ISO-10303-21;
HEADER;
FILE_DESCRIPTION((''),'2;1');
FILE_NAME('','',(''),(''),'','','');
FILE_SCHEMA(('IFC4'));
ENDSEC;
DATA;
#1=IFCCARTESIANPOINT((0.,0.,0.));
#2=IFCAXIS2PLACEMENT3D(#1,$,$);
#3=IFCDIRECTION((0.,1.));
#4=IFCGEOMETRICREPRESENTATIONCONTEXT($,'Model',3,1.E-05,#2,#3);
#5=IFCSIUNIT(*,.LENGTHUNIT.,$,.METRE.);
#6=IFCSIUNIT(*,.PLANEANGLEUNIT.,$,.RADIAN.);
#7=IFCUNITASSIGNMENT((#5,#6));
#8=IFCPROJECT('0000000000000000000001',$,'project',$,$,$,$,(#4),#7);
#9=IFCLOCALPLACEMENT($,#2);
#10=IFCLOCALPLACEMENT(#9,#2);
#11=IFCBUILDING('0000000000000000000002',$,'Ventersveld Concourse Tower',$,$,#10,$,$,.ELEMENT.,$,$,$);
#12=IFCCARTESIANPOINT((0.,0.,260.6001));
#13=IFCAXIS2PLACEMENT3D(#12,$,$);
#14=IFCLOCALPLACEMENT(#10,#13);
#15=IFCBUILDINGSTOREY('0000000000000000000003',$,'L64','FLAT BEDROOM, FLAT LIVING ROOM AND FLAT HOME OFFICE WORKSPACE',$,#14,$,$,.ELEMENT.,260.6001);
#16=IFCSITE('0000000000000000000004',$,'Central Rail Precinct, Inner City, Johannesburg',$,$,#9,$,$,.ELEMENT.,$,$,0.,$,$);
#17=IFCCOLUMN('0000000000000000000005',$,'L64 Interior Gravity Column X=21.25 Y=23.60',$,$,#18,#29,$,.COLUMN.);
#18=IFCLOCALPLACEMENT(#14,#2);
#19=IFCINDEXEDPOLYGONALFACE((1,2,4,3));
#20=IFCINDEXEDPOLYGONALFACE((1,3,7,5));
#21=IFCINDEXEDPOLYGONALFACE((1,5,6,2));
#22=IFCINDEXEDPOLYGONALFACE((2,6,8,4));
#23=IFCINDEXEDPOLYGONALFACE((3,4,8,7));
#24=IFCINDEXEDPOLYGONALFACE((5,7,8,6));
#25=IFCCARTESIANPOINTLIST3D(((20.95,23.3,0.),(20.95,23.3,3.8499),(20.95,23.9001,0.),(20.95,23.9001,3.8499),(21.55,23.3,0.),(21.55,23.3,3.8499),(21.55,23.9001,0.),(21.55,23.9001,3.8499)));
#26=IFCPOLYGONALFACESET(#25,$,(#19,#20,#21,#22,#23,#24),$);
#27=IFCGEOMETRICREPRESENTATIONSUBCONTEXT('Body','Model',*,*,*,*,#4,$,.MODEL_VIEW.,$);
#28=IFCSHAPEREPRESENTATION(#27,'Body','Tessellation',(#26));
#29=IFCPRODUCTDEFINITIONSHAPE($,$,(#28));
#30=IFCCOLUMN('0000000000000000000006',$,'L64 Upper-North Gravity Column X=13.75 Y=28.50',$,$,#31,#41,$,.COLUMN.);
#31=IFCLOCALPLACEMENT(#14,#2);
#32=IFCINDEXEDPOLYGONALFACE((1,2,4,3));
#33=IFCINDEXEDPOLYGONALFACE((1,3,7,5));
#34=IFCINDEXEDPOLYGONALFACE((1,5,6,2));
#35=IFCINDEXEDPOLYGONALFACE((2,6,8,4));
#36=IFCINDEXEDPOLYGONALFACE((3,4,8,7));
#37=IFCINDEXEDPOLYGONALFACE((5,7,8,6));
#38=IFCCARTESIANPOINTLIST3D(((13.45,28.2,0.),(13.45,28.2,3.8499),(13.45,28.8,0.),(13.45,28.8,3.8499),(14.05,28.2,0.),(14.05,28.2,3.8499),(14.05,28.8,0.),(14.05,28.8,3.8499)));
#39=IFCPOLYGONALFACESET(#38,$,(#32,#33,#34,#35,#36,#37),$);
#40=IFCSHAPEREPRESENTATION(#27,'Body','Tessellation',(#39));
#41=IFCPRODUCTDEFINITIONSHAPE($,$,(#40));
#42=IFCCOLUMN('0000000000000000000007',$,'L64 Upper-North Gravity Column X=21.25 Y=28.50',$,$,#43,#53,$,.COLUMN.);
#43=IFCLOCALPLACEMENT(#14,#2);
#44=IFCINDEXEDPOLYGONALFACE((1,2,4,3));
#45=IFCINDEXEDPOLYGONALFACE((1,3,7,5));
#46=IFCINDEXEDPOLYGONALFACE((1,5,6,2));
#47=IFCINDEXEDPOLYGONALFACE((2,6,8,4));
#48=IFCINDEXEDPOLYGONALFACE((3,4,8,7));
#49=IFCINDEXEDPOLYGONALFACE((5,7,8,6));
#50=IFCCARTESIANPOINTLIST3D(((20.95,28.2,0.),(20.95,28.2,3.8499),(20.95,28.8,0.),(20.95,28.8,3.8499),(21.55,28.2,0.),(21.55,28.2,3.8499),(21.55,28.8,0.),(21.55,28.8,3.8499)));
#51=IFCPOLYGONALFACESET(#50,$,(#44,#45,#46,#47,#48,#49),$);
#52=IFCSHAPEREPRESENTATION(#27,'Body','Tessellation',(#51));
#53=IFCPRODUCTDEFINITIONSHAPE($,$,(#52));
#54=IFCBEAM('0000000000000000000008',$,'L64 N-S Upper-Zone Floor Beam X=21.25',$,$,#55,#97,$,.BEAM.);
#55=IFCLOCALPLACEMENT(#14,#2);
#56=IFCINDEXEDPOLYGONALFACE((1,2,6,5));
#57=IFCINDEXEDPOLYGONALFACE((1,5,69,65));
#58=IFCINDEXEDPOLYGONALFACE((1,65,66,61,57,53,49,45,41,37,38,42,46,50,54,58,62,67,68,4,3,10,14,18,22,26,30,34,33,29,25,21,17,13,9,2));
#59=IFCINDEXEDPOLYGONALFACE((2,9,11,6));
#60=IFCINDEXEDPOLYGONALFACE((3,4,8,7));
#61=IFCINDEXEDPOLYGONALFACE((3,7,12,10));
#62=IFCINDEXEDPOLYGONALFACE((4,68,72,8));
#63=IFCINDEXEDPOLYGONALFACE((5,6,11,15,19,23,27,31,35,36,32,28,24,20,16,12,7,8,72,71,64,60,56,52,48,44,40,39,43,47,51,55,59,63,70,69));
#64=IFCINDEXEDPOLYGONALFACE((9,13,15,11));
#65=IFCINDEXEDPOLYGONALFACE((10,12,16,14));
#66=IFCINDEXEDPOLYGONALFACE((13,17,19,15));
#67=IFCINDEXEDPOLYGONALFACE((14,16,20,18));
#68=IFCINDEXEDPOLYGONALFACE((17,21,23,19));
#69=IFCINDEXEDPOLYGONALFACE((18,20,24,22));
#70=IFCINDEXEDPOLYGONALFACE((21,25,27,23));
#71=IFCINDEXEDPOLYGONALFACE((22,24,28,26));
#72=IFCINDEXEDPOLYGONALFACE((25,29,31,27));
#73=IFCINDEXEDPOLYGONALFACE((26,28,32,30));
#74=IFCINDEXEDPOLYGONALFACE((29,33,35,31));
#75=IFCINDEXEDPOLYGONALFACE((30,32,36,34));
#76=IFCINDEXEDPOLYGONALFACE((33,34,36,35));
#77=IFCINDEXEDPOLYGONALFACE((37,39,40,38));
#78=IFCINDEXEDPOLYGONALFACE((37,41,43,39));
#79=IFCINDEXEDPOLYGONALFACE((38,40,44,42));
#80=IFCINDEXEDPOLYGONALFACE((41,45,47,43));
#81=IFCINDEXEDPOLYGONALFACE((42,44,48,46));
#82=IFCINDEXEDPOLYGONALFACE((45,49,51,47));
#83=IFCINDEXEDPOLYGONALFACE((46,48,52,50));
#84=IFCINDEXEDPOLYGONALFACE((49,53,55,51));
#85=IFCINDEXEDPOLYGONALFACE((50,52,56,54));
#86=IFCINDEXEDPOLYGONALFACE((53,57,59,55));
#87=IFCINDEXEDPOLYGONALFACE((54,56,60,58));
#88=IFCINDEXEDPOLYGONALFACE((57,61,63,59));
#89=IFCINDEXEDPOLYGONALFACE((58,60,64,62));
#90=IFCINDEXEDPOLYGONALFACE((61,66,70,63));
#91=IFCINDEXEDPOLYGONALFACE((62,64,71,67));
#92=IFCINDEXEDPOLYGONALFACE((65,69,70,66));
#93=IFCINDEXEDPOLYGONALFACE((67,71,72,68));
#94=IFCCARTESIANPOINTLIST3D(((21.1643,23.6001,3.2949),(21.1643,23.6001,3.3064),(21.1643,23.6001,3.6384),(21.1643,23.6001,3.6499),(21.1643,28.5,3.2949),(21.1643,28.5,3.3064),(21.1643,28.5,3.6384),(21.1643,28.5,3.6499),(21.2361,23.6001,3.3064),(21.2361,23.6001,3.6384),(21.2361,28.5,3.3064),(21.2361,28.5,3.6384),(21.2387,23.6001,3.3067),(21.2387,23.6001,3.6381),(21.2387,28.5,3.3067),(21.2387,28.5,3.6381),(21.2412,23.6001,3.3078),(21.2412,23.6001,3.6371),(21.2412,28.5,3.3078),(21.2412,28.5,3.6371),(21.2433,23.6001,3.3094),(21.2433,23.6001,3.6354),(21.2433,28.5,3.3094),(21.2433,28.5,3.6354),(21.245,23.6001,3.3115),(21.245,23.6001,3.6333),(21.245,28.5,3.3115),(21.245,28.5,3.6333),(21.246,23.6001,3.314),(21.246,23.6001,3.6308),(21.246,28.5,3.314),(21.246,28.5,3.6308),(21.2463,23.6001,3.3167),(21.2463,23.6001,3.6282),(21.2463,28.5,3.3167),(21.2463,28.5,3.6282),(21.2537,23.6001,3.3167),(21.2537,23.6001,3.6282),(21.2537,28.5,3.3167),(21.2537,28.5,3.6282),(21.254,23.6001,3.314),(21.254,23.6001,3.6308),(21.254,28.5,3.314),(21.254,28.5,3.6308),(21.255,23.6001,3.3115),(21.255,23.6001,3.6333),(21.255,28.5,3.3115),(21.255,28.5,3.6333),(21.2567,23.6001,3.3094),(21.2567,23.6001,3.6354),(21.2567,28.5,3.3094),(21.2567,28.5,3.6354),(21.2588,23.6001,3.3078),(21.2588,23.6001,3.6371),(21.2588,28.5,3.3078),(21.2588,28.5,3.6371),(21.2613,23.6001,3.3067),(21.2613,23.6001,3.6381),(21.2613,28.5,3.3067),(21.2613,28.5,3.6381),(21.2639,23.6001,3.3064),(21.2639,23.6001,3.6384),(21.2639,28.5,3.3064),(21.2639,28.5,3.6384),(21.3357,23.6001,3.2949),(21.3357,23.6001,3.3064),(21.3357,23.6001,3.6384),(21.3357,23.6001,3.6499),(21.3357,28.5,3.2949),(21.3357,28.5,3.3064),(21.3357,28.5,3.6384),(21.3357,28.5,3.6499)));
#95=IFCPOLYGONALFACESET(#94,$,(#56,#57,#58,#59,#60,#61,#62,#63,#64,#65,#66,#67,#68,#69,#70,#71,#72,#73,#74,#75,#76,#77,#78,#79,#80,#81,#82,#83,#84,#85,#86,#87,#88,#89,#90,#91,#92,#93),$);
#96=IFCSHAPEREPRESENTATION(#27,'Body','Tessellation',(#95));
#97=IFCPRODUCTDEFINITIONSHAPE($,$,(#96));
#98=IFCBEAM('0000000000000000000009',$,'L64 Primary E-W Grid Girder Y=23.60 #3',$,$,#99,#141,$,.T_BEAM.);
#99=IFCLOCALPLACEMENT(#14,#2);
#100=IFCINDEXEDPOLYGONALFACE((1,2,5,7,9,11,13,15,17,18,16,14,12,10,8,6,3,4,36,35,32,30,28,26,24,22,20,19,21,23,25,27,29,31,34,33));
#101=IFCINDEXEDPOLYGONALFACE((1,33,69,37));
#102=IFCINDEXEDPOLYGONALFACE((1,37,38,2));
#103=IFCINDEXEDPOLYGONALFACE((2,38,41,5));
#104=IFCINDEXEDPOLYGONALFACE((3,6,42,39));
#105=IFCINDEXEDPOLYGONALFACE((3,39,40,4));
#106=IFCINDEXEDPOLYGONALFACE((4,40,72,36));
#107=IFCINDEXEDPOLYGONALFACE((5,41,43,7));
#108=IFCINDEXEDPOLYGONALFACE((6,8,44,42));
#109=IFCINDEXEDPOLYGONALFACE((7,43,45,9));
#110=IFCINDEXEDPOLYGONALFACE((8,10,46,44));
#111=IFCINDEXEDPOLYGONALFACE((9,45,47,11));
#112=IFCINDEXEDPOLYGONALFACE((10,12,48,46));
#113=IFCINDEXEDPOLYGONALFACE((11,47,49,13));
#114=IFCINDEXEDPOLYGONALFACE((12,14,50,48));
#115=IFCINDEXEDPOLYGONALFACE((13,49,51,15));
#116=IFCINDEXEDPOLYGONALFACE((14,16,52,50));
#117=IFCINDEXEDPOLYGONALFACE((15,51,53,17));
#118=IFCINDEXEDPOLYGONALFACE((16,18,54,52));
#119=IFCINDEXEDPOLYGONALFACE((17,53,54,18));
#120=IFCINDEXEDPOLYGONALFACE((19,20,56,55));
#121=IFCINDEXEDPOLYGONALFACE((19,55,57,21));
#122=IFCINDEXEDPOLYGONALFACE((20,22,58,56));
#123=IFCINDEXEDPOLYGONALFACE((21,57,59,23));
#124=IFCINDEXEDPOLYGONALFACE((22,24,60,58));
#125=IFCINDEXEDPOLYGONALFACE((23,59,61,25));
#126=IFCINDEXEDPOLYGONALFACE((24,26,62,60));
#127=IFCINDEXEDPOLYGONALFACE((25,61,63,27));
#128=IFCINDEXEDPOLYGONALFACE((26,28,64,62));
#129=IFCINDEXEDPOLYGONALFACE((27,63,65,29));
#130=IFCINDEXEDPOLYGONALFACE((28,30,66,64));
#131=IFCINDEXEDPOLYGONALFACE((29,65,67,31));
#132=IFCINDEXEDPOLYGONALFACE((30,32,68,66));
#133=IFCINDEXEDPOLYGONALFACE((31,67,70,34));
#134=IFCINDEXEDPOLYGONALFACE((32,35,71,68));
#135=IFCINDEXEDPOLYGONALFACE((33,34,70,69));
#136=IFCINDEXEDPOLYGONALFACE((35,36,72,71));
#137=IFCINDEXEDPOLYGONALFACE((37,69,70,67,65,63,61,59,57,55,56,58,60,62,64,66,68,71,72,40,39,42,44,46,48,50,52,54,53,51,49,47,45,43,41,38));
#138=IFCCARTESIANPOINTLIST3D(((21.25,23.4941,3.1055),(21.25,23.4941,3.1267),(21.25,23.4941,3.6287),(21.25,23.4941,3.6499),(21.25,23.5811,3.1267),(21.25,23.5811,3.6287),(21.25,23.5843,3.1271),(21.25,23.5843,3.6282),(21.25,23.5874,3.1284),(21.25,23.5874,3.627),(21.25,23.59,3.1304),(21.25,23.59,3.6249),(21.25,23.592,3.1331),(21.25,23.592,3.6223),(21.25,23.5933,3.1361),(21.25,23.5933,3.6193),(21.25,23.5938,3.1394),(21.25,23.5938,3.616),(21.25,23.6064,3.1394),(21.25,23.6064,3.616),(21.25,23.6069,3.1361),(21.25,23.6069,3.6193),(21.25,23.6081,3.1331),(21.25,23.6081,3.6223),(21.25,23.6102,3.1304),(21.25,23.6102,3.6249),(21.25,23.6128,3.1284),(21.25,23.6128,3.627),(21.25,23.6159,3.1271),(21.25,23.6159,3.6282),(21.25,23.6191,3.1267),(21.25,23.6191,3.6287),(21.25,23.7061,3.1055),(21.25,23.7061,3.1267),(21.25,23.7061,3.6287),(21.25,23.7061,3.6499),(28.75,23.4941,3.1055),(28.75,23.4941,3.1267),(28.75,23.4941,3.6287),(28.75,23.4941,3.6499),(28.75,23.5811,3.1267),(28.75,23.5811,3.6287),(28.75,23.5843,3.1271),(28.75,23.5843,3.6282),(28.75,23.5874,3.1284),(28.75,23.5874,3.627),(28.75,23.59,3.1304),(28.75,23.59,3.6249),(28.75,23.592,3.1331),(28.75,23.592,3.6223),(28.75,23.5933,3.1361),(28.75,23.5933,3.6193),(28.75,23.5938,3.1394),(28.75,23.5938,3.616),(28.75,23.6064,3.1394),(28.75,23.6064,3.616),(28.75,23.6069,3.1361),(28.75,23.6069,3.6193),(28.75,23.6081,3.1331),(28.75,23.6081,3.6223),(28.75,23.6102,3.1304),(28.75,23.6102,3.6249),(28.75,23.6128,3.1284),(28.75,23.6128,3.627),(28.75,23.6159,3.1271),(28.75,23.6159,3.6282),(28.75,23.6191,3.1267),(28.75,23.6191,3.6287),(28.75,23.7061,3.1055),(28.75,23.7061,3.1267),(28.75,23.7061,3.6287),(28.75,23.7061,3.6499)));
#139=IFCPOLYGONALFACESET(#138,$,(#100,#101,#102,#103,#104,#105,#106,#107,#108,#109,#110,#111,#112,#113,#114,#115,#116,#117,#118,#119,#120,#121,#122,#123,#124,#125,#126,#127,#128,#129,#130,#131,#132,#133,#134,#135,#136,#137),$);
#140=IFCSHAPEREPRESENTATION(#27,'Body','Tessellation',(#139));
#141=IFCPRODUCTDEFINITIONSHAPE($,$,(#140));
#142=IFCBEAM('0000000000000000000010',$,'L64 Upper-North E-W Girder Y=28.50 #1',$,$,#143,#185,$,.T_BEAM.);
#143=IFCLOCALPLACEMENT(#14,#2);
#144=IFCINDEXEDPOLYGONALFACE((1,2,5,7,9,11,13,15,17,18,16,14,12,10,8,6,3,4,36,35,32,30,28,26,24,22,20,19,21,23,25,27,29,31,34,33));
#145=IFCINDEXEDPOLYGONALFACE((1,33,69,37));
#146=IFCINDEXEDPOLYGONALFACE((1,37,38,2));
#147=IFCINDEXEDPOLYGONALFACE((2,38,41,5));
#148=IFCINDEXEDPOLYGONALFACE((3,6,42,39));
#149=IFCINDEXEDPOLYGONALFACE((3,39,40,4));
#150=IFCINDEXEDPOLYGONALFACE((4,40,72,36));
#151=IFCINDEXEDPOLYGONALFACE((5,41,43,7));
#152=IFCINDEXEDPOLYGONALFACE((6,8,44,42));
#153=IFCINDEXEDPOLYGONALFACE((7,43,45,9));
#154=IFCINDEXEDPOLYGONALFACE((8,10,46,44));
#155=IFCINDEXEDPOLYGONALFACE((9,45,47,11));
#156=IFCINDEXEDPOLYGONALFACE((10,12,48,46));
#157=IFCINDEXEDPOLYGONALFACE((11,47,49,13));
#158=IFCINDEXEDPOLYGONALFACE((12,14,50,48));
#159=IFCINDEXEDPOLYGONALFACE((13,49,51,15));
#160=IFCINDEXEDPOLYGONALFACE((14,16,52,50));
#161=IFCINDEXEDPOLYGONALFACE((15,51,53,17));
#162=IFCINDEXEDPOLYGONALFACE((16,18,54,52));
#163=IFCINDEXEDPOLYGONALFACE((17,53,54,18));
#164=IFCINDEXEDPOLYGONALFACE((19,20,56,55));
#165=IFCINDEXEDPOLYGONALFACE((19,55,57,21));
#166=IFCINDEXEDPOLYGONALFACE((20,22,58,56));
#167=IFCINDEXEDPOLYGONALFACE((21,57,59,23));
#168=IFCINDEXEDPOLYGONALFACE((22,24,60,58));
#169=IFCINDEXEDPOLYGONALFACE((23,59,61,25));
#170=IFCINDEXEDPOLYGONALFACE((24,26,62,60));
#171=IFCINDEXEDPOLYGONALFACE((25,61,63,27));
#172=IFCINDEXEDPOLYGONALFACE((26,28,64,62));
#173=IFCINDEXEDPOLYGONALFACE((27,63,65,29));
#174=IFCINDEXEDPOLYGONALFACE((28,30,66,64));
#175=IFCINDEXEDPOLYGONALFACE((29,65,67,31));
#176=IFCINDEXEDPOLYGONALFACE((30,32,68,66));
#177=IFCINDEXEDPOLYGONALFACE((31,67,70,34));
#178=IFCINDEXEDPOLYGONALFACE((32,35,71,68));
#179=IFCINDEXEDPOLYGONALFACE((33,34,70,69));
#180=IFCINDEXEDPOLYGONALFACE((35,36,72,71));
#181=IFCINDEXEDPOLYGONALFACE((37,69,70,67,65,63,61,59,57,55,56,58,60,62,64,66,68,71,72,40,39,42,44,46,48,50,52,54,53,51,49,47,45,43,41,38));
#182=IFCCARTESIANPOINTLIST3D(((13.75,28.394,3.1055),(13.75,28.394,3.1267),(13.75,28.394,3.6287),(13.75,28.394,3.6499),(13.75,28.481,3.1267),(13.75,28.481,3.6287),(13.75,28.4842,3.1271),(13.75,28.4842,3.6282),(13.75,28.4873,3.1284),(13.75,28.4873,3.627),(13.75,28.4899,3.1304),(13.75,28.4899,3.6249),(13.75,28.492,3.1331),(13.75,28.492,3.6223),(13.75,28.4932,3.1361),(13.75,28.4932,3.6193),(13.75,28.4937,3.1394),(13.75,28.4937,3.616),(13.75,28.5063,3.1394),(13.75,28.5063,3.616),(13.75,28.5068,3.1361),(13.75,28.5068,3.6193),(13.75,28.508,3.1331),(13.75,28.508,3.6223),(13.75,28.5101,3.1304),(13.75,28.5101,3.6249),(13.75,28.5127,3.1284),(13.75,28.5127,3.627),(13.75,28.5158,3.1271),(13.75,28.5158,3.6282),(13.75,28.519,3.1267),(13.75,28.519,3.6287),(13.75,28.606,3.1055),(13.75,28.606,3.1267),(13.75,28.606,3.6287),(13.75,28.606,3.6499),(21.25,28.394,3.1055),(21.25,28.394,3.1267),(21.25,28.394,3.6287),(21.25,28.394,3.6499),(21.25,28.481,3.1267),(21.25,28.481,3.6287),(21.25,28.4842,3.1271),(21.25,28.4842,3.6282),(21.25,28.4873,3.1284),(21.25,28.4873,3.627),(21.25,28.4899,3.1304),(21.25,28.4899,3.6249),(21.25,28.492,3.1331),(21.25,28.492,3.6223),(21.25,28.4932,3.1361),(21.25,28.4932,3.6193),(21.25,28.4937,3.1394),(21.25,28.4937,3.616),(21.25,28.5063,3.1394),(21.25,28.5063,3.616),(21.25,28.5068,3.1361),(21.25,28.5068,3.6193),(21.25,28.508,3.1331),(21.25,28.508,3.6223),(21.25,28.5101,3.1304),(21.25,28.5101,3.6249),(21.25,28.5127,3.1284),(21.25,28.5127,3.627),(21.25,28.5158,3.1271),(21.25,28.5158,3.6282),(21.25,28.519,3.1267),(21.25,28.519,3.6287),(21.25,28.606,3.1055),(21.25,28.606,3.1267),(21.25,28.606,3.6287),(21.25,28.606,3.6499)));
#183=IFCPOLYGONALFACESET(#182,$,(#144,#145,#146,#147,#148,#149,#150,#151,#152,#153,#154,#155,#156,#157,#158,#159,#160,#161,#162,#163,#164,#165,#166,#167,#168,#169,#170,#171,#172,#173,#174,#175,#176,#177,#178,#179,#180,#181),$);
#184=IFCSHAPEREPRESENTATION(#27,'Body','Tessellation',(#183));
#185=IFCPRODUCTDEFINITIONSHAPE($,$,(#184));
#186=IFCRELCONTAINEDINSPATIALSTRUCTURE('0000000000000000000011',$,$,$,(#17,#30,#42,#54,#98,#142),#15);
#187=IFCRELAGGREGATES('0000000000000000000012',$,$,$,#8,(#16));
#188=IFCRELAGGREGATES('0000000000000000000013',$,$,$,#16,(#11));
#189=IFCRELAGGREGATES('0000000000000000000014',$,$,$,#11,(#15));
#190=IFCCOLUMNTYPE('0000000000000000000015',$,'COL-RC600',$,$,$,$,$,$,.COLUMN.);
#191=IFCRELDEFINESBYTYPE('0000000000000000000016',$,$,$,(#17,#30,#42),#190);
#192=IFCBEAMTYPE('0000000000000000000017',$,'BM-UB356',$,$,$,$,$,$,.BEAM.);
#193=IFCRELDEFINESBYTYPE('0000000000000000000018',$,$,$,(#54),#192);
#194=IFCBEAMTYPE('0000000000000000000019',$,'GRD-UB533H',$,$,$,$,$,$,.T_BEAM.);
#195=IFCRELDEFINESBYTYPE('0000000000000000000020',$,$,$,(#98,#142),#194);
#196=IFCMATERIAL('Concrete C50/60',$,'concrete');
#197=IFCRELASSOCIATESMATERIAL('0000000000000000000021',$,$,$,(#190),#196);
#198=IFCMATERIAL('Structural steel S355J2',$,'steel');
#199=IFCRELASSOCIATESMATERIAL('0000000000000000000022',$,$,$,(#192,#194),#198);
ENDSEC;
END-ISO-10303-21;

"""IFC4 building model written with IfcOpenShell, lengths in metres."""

from ifc_helpers import new_model, si_unit, direction, frame, origin, origin_2d, place, context, subcontext, project, spatial, rectangle, i_section, extrude, material, material_profile, profile_set, type_object, element, save


model = new_model("IFC4")

# Units and contexts
model_context = context("Model", 3, precision=1e-05, world=origin(), true_north=direction((0.0, 1.0)))
body_context = subcontext(model_context, "Body", "Model", "MODEL_VIEW")
ifc_project = project(units=[si_unit("LENGTHUNIT", "METRE"), si_unit("PLANEANGLEUNIT", "RADIAN")], contexts=[model_context])

# Site, building, storey
site_placement = place(None, origin())
site = spatial("IfcSite", under=ifc_project, at=site_placement, Name="Central Rail Precinct, Inner City, Johannesburg", CompositionType="ELEMENT", RefElevation=0.0)
building_placement = place(site_placement, origin())
building = spatial("IfcBuilding", under=site, at=building_placement, Name="Ventersveld Concourse Tower", CompositionType="ELEMENT")
storey_placement = place(building_placement, frame((0.0, 0.0, 260.6001)))
storey = spatial("IfcBuildingStorey", under=building, at=storey_placement, Name="L64", Description="FLAT BEDROOM, FLAT LIVING ROOM AND FLAT HOME OFFICE WORKSPACE", CompositionType="ELEMENT", Elevation=260.6001)

# Columns
ifc_material_1 = material(Name="Concrete C50/60", Category="concrete")
ifc_material_profile_1 = material_profile(ifc_material_1, rectangle(XDim=0.6001, YDim=0.6001, at=origin_2d()), Name="RC 600x600")
ifc_profile_set_1 = profile_set([ifc_material_profile_1], Name="Concrete C50/60")
column_type = type_object("IfcColumnType", Name="COL-RC600", PredefinedType="COLUMN", material=ifc_profile_set_1)
for number, where, z_axis, x_axis, name in (
    (1, (21.25, 23.6001, 0.0), (0.0, 0.0, 1.0), (1.0, 0.0, 0.0), "L64 Interior Gravity Column X=21.25 Y=23.60"),
    (2, (13.75, 28.5, 0.0), (0.0, 0.0, 1.0), (1.0, 0.0, 0.0), "L64 Upper-North Gravity Column X=13.75 Y=28.50"),
    (3, (21.25, 28.5, 0.0), (0.0, 0.0, 1.0), (1.0, 0.0, 0.0), "L64 Upper-North Gravity Column X=21.25 Y=28.50"),
):
    element("IfcColumn", number, at=place(storey_placement, frame(where, z_axis=z_axis, x_axis=x_axis)), inside=storey, type_object=column_type, Name=name, PredefinedType="COLUMN", context=body_context, shape_type="SweptSolid", body=[
        extrude(rectangle(XDim=0.6001, YDim=0.6001, at=origin_2d()), origin(), (0.0, 0.0, 1.0), 3.8499),
    ])

# Beams
ifc_material_2 = material(Name="Structural steel S355J2", Category="steel")
ifc_material_profile_2 = material_profile(ifc_material_2, i_section(OverallWidth=0.1714, OverallDepth=0.355, WebThickness=0.0073, FlangeThickness=0.0115, FilletRadius=0.0103, at=origin_2d()), Name="UB 356x171x51")
ifc_profile_set_2 = profile_set([ifc_material_profile_2], Name="Structural steel S355J2")
beam_type_1 = type_object("IfcBeamType", Name="BM-UB356", PredefinedType="BEAM", material=ifc_profile_set_2)
beam_placement = place(storey_placement, frame((21.25, 23.6001, 3.4724), z_axis=(0.0, 1.0, 0.0), x_axis=(-1.0, 0.0, 0.0)))
element("IfcBeam", 4, at=beam_placement, inside=storey, type_object=beam_type_1, Name="L64 N-S Upper-Zone Floor Beam X=21.25", PredefinedType="BEAM", context=body_context, shape_type="SweptSolid", body=[
    extrude(i_section(OverallWidth=0.1714, OverallDepth=0.355, WebThickness=0.0073, FlangeThickness=0.0115, FilletRadius=0.0103, at=origin_2d()), origin(), (0.0, 0.0, 1.0), 4.8999),
])
ifc_material_profile_3 = material_profile(ifc_material_2, i_section(OverallWidth=0.2119, OverallDepth=0.5444, WebThickness=0.0127, FlangeThickness=0.0212, FilletRadius=0.0127, at=origin_2d()), Name="UB 533x210x122")
ifc_profile_set_3 = profile_set([ifc_material_profile_3], Name="Structural steel S355J2")
beam_type_2 = type_object("IfcBeamType", Name="GRD-UB533H", PredefinedType="T_BEAM", material=ifc_profile_set_3)
for number, where, z_axis, x_axis, name in (
    (5, (21.25, 23.6001, 3.3777), (1.0, 0.0, 0.0), (0.0, 1.0, 0.0), "L64 Primary E-W Grid Girder Y=23.60 #3"),
    (6, (13.75, 28.5, 3.3777), (1.0, 0.0, 0.0), (0.0, 1.0, 0.0), "L64 Upper-North E-W Girder Y=28.50 #1"),
):
    element("IfcBeam", number, at=place(storey_placement, frame(where, z_axis=z_axis, x_axis=x_axis)), inside=storey, type_object=beam_type_2, Name=name, PredefinedType="T_BEAM", context=body_context, shape_type="SweptSolid", body=[
        extrude(i_section(OverallWidth=0.2119, OverallDepth=0.5444, WebThickness=0.0127, FlangeThickness=0.0212, FilletRadius=0.0127, at=origin_2d()), origin(), (0.0, 0.0, 1.0), 7.5),
    ])

save(model, "model.ifc")
